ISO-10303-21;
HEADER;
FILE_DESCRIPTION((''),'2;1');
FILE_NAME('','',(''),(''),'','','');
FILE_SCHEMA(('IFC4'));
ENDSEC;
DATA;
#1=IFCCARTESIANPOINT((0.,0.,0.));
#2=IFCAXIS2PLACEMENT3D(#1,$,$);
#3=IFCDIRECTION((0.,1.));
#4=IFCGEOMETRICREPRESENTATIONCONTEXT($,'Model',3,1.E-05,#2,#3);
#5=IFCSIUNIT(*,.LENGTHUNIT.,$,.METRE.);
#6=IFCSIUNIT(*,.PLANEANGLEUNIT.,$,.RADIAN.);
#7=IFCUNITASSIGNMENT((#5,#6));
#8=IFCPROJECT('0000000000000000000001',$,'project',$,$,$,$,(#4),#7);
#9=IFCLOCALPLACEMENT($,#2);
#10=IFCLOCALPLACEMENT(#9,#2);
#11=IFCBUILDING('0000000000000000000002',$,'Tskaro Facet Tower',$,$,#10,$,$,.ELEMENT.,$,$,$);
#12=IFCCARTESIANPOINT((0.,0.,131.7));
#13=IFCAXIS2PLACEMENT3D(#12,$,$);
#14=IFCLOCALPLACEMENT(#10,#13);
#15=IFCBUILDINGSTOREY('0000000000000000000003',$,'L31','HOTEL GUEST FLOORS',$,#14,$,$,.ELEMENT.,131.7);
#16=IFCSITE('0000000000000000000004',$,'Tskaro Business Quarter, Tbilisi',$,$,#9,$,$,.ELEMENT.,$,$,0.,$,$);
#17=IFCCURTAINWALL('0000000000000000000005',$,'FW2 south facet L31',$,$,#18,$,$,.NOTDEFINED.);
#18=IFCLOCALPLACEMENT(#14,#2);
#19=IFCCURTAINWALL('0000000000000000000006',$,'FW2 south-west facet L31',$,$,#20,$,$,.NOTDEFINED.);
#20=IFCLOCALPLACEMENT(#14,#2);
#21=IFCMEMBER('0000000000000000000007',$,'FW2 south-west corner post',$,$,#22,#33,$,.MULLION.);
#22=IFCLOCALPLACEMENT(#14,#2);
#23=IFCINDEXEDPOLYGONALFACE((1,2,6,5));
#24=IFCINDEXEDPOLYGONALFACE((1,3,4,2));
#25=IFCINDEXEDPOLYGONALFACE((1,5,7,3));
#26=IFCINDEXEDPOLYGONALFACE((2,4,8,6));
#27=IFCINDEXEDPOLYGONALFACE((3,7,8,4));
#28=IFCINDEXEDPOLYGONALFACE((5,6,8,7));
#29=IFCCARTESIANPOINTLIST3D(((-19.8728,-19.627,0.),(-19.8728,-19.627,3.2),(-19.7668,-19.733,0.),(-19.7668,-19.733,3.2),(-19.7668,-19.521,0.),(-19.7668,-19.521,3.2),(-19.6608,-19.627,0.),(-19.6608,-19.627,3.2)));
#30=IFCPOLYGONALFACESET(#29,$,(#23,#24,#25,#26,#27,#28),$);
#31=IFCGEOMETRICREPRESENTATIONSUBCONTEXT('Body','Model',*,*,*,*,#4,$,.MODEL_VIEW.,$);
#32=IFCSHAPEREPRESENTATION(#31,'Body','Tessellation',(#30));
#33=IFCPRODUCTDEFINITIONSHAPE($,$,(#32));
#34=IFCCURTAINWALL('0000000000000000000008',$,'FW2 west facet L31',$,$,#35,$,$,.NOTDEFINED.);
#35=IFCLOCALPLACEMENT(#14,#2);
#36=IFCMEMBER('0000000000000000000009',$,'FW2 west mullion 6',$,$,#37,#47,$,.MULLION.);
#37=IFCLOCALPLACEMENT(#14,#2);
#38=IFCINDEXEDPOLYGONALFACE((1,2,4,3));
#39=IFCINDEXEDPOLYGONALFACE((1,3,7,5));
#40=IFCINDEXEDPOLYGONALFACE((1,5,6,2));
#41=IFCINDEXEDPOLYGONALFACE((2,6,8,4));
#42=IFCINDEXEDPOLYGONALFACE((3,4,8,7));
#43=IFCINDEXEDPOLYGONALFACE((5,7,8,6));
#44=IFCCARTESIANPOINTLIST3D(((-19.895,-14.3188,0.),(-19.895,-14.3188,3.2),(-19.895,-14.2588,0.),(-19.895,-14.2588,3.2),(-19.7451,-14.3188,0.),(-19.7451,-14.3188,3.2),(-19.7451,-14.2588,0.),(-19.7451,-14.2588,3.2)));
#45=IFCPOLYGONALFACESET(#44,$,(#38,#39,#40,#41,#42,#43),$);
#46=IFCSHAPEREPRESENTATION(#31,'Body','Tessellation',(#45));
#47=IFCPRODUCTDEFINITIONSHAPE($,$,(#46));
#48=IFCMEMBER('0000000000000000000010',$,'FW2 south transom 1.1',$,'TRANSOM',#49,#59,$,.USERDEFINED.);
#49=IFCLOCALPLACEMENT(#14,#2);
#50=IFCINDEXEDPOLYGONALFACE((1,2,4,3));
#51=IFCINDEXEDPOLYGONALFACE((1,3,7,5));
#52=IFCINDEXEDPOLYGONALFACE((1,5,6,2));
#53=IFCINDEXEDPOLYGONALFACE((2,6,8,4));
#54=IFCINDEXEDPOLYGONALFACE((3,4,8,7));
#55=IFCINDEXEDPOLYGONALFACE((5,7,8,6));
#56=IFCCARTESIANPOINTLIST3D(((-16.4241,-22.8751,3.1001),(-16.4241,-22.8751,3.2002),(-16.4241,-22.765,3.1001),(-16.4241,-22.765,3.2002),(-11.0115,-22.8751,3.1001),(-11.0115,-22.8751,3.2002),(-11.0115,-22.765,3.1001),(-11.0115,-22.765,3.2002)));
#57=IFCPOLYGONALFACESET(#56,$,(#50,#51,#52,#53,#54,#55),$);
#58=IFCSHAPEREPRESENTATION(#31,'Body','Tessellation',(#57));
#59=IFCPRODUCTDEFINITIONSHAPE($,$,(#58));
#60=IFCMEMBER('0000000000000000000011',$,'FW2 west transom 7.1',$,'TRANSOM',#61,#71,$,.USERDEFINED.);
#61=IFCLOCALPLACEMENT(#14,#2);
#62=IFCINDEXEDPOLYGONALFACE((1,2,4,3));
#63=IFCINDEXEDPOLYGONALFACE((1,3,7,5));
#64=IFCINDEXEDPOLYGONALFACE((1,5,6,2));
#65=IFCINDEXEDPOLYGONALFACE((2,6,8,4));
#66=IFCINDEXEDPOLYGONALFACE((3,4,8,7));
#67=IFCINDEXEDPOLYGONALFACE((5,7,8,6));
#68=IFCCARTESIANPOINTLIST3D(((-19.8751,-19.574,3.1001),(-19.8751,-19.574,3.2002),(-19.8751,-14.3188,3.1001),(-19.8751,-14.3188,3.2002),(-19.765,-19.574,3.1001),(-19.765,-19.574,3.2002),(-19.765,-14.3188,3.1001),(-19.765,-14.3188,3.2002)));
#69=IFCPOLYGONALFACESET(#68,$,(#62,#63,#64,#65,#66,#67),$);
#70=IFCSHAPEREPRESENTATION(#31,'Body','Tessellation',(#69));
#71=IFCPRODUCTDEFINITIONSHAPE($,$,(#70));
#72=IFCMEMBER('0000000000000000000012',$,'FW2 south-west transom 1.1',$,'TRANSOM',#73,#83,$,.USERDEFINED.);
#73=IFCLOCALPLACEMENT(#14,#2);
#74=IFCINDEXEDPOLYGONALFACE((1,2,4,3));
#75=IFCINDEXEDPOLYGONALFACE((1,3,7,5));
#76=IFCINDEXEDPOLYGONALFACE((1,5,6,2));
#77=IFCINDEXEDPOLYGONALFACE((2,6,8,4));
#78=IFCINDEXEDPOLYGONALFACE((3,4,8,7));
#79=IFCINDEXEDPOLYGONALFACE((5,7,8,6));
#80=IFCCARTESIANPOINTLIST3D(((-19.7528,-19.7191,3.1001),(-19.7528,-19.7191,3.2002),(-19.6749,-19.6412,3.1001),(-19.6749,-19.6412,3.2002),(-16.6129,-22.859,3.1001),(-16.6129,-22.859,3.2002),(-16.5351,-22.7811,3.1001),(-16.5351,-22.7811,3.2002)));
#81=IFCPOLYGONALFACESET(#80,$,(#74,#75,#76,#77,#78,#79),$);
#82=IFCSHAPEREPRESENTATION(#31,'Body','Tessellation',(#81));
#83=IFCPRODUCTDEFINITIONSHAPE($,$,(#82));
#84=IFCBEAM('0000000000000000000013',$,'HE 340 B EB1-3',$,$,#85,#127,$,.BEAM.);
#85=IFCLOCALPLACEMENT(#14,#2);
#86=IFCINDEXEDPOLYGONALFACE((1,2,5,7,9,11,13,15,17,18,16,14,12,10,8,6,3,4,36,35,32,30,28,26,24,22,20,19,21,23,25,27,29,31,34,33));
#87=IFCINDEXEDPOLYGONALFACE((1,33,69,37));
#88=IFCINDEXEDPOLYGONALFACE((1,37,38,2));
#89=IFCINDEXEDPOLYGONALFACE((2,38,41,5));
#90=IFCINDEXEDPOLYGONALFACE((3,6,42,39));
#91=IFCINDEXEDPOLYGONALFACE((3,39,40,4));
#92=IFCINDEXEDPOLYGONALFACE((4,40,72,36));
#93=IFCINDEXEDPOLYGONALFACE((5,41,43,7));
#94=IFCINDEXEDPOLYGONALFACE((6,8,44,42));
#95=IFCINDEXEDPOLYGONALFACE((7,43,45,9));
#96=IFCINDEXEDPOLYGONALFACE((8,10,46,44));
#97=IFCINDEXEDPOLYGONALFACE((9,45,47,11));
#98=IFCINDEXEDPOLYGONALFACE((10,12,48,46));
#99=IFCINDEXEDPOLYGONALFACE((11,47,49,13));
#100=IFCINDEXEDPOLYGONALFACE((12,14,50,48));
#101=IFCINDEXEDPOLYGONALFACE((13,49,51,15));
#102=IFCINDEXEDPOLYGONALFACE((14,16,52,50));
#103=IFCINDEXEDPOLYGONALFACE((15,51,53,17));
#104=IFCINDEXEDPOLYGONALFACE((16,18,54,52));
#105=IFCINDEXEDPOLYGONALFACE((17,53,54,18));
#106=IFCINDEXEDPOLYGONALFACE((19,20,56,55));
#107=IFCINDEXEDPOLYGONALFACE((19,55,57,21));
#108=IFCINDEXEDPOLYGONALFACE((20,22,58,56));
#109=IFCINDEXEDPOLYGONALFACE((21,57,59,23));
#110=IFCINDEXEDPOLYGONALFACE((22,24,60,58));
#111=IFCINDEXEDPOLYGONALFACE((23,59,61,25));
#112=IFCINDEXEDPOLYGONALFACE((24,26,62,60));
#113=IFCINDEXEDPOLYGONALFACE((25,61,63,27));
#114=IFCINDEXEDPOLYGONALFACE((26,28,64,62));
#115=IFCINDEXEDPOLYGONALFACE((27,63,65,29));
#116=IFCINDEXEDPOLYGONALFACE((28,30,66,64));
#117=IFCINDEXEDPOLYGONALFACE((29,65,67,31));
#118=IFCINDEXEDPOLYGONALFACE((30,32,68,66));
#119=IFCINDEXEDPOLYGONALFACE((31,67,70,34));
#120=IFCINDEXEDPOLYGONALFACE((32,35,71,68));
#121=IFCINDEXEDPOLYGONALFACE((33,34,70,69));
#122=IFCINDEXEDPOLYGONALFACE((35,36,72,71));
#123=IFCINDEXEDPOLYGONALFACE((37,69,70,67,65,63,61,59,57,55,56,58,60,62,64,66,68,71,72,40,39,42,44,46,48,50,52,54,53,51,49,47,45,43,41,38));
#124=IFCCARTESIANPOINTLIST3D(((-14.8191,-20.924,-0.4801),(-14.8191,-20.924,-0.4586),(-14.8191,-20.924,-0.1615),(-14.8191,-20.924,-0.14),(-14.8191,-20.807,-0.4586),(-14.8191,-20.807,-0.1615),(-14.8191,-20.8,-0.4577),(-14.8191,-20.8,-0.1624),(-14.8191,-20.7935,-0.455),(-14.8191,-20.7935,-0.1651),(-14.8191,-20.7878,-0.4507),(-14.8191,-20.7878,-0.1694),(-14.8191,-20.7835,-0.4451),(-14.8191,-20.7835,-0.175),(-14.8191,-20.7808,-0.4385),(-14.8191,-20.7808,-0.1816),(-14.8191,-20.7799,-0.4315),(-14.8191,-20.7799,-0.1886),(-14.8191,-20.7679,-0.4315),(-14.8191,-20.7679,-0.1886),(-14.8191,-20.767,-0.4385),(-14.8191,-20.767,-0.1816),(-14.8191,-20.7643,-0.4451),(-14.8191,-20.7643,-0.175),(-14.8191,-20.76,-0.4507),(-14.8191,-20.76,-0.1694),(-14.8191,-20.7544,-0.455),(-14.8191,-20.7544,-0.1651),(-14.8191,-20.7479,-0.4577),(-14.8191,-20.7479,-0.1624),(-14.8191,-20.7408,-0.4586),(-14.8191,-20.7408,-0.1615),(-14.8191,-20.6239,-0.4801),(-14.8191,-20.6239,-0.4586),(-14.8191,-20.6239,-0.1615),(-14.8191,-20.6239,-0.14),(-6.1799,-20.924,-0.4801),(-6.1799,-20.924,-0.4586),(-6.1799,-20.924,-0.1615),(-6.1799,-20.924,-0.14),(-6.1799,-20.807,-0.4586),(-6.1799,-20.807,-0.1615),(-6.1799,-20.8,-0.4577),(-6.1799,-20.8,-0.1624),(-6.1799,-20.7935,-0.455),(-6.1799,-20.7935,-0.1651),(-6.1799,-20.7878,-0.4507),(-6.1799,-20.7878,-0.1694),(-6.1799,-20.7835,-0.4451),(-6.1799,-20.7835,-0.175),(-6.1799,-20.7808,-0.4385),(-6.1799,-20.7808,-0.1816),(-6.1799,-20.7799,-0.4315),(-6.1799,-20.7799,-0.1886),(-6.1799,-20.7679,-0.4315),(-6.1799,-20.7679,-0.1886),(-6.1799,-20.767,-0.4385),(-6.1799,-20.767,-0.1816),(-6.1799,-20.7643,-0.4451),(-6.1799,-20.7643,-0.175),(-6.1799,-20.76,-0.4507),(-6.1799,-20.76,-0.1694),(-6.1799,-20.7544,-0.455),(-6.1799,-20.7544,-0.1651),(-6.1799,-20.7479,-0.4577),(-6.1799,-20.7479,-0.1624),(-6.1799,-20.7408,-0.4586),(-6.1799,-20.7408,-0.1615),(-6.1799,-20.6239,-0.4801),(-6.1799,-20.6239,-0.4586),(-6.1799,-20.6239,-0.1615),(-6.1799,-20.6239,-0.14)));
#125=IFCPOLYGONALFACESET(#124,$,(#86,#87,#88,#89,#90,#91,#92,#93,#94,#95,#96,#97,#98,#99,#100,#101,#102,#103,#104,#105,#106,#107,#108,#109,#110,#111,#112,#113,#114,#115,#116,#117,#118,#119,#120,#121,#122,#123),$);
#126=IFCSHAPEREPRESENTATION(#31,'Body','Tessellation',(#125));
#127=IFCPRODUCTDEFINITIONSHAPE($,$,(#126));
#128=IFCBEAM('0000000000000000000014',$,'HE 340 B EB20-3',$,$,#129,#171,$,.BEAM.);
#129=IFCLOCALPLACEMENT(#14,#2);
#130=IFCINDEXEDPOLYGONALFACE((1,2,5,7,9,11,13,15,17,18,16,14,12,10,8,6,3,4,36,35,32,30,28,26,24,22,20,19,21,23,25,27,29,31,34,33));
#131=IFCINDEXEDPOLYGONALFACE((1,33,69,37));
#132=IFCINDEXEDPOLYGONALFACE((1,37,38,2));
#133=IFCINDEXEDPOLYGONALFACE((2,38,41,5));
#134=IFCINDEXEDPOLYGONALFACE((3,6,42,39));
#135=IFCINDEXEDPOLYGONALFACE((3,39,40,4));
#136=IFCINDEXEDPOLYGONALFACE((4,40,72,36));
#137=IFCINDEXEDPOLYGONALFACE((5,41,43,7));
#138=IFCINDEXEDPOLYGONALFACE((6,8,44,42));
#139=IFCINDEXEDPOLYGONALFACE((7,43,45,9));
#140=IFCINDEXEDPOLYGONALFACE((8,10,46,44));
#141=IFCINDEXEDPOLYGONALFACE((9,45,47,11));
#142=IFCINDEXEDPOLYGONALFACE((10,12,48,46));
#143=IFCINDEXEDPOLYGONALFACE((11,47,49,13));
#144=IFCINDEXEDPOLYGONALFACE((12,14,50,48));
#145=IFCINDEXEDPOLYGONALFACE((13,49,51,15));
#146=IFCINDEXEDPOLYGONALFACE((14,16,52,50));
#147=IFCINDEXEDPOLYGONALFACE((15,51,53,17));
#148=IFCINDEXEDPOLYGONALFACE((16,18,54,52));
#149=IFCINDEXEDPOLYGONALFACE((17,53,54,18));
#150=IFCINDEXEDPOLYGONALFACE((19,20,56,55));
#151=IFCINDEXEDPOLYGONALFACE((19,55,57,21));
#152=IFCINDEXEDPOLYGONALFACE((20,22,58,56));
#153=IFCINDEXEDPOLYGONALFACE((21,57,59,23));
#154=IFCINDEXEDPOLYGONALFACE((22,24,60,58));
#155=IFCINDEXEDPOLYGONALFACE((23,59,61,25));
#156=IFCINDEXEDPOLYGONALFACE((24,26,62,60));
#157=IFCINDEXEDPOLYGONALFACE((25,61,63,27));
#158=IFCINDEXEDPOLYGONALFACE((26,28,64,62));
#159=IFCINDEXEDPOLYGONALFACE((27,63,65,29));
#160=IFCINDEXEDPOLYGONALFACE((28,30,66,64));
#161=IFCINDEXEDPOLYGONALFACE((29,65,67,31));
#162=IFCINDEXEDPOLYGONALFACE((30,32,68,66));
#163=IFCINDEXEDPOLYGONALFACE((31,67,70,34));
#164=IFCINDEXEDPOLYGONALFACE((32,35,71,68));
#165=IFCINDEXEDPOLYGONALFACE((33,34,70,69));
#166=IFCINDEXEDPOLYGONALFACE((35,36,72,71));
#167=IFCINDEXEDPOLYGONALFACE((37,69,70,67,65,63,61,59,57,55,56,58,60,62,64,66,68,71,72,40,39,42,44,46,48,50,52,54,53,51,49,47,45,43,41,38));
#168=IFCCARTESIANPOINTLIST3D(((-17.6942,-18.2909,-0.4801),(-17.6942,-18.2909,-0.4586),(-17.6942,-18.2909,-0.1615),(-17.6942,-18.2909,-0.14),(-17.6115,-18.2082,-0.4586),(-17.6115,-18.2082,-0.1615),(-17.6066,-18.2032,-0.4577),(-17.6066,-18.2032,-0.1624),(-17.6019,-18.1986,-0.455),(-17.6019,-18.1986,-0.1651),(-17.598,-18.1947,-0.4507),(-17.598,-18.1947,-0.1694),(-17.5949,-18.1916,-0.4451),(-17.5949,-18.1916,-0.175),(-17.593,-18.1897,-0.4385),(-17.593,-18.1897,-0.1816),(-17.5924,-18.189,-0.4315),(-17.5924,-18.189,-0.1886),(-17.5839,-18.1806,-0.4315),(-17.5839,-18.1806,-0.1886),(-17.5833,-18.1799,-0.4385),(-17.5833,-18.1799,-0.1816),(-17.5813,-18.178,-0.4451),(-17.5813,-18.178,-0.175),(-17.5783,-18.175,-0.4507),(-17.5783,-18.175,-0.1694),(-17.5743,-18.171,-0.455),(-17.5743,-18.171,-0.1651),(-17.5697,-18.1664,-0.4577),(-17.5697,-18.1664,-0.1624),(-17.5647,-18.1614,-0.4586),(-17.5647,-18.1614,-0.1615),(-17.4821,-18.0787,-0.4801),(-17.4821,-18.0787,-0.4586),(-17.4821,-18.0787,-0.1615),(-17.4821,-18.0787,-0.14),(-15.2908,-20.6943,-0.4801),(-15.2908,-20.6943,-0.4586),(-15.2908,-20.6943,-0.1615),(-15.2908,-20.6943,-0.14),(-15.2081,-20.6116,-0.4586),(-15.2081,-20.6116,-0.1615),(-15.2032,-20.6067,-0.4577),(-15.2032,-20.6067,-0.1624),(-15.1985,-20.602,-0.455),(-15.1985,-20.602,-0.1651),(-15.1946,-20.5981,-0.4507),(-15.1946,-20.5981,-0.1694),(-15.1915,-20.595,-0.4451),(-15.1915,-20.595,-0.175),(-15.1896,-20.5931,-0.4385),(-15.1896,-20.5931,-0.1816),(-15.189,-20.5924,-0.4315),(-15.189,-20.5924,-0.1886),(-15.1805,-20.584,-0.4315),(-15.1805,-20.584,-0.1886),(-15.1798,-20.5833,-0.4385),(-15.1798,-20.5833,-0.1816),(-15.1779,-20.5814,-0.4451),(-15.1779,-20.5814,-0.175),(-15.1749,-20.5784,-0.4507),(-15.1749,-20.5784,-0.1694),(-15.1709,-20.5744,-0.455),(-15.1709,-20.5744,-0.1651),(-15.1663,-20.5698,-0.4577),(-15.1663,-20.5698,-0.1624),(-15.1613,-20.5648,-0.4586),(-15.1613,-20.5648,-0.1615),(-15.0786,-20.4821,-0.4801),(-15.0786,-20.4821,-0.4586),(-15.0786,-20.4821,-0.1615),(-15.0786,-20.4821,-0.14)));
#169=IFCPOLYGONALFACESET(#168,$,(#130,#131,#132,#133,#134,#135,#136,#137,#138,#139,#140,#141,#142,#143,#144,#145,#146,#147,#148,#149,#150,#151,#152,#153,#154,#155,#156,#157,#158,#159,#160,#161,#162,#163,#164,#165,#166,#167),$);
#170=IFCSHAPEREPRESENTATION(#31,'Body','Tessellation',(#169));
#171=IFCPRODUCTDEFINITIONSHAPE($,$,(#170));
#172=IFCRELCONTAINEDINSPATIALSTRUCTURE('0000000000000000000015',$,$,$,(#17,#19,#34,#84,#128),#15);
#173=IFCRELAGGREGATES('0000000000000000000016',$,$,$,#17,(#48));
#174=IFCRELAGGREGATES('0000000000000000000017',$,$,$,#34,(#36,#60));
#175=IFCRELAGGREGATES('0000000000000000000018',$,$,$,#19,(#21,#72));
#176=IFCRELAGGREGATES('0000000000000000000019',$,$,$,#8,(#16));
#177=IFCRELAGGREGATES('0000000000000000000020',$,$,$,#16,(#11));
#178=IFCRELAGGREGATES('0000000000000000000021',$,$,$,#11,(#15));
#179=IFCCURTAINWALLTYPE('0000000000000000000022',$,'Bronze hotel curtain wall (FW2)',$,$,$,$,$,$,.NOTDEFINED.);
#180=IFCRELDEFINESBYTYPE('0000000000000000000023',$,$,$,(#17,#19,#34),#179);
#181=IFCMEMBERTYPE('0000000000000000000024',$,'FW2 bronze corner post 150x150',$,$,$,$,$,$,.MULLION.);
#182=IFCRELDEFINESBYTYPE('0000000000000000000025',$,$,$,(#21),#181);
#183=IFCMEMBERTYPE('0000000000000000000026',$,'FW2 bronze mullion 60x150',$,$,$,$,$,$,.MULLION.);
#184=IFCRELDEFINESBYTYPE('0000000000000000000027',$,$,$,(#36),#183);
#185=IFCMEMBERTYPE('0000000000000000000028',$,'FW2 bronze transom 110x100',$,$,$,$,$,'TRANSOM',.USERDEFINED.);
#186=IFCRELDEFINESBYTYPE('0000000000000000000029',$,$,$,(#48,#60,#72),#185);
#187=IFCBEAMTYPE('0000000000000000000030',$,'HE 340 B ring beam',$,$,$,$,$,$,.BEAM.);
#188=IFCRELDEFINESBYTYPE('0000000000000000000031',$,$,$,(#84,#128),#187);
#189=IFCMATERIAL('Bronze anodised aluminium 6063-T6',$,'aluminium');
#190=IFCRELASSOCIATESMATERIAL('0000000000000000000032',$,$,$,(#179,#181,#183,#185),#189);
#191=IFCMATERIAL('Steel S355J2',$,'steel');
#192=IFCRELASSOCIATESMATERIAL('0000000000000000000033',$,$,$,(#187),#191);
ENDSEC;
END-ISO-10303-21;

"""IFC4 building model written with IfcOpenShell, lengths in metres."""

from ifc_helpers import new_model, si_unit, direction, frame, origin, origin_2d, place, context, subcontext, project, spatial, rectangle, i_section, extrude, material, material_profile, profile_set, type_object, element, aggregate, save


model = new_model("IFC4")

# Units and contexts
model_context = context("Model", 3, precision=1e-05, world=origin(), true_north=direction((0.0, 1.0)))
body_context = subcontext(model_context, "Body", "Model", "MODEL_VIEW")
ifc_project = project(units=[si_unit("LENGTHUNIT", "METRE"), si_unit("PLANEANGLEUNIT", "RADIAN")], contexts=[model_context])

# Site, building, storey
site_placement = place(None, origin())
site = spatial("IfcSite", under=ifc_project, at=site_placement, Name="Tskaro Business Quarter, Tbilisi", CompositionType="ELEMENT", RefElevation=0.0)
building_placement = place(site_placement, origin())
building = spatial("IfcBuilding", under=site, at=building_placement, Name="Tskaro Facet Tower", CompositionType="ELEMENT")
storey_placement = place(building_placement, frame((0.0, 0.0, 131.7)))
storey = spatial("IfcBuildingStorey", under=building, at=storey_placement, Name="L31", Description="HOTEL GUEST FLOORS", CompositionType="ELEMENT", Elevation=131.7)

# Curtain walls, members
ifc_material_1 = material(Name="Bronze anodised aluminium 6063-T6", Category="aluminium")
curtain_wall_type = type_object("IfcCurtainWallType", Name="Bronze hotel curtain wall (FW2)", PredefinedType="NOTDEFINED", material=ifc_material_1)
curtain_wall_1_placement = place(storey_placement, origin())
curtain_wall_1 = element("IfcCurtainWall", 1, at=curtain_wall_1_placement, inside=storey, type_object=curtain_wall_type, Name="FW2 south facet L31", PredefinedType="NOTDEFINED")
ifc_material_profile_1 = material_profile(ifc_material_1, rectangle(XDim=0.1499, YDim=0.1499, at=origin_2d()), Name="Corner post 150x150")
ifc_profile_set_1 = profile_set([ifc_material_profile_1], Name="Bronze anodised aluminium 6063-T6")
member_type_1 = type_object("IfcMemberType", Name="FW2 bronze corner post 150x150", PredefinedType="MULLION", material=ifc_profile_set_1)
curtain_wall_2_placement = place(storey_placement, origin())
curtain_wall_2 = element("IfcCurtainWall", 2, at=curtain_wall_2_placement, inside=storey, type_object=curtain_wall_type, Name="FW2 south-west facet L31", PredefinedType="NOTDEFINED")
member_1_placement = place(storey_placement, frame((-19.7668, -19.627, 0.0), z_axis=(0.0, 0.0, 1.0), x_axis=(0.707107, -0.707107, 0.0)))
member_1 = element("IfcMember", 3, at=member_1_placement, type_object=member_type_1, Name="FW2 south-west corner post", PredefinedType="MULLION", context=body_context, shape_type="SweptSolid", body=[
    extrude(rectangle(XDim=0.1499, YDim=0.1499, at=origin_2d()), origin(), (0.0, 0.0, 1.0), 3.2),
])
curtain_wall_3_placement = place(storey_placement, origin())
curtain_wall_3 = element("IfcCurtainWall", 4, at=curtain_wall_3_placement, inside=storey, type_object=curtain_wall_type, Name="FW2 west facet L31", PredefinedType="NOTDEFINED")
ifc_material_profile_2 = material_profile(ifc_material_1, rectangle(XDim=0.0601, YDim=0.1499, at=origin_2d()), Name="Mullion 60x150")
ifc_profile_set_2 = profile_set([ifc_material_profile_2], Name="Bronze anodised aluminium 6063-T6")
member_type_2 = type_object("IfcMemberType", Name="FW2 bronze mullion 60x150", PredefinedType="MULLION", material=ifc_profile_set_2)
member_2_placement = place(storey_placement, frame((-19.8201, -14.2888, 0.0), z_axis=(0.0, 0.0, 1.0), x_axis=(0.0, -1.0, 0.0)))
member_2 = element("IfcMember", 5, at=member_2_placement, type_object=member_type_2, Name="FW2 west mullion 6", PredefinedType="MULLION", context=body_context, shape_type="SweptSolid", body=[
    extrude(rectangle(XDim=0.0601, YDim=0.1499, at=origin_2d()), origin(), (0.0, 0.0, 1.0), 3.2),
])

# Members
ifc_material_profile_3 = material_profile(ifc_material_1, rectangle(XDim=0.1101, YDim=0.1001, at=origin_2d()), Name="Transom 110x100")
ifc_profile_set_3 = profile_set([ifc_material_profile_3], Name="Bronze anodised aluminium 6063-T6")
member_type_3 = type_object("IfcMemberType", Name="FW2 bronze transom 110x100", ElementType="TRANSOM", PredefinedType="USERDEFINED", material=ifc_profile_set_3)
member_3_placement = place(storey_placement, frame((-16.4241, -22.8201, 3.1501), z_axis=(1.0, 0.0, 0.0), x_axis=(0.0, 1.0, 0.0)))
member_3 = element("IfcMember", 6, at=member_3_placement, type_object=member_type_3, Name="FW2 south transom 1.1", ObjectType="TRANSOM", PredefinedType="USERDEFINED", context=body_context, shape_type="SweptSolid", body=[
    extrude(rectangle(XDim=0.1101, YDim=0.1001, at=origin_2d()), origin(), (0.0, 0.0, 1.0), 5.4126),
])
aggregate(curtain_wall_1, [member_3])
member_4_placement = place(storey_placement, frame((-19.8201, -14.3188, 3.1501), z_axis=(0.0, -1.0, 0.0), x_axis=(1.0, 0.0, 0.0)))
member_4 = element("IfcMember", 7, at=member_4_placement, type_object=member_type_3, Name="FW2 west transom 7.1", ObjectType="TRANSOM", PredefinedType="USERDEFINED", context=body_context, shape_type="SweptSolid", body=[
    extrude(rectangle(XDim=0.1101, YDim=0.1001, at=origin_2d()), origin(), (0.0, 0.0, 1.0), 5.2551),
])
member_5_placement = place(storey_placement, frame((-19.7139, -19.6802, 3.1501), z_axis=(0.707107, -0.707107, 0.0), x_axis=(0.707107, 0.707107, 0.0)))
member_5 = element("IfcMember", 8, at=member_5_placement, type_object=member_type_3, Name="FW2 south-west transom 1.1", ObjectType="TRANSOM", PredefinedType="USERDEFINED", context=body_context, shape_type="SweptSolid", body=[
    extrude(rectangle(XDim=0.1101, YDim=0.1001, at=origin_2d()), origin(), (0.0, 0.0, 1.0), 4.4404),
])

# Beams
ifc_material_2 = material(Name="Steel S355J2", Category="steel")
ifc_material_profile_4 = material_profile(ifc_material_2, i_section(OverallWidth=0.3, OverallDepth=0.3401, WebThickness=0.012, FlangeThickness=0.0215, FilletRadius=0.0271, at=origin_2d()), Name="HE 340 B")
ifc_profile_set_4 = profile_set([ifc_material_profile_4], Name="Steel S355J2")
beam_type_1 = type_object("IfcBeamType", Name="HE 340 B ring beam", PredefinedType="BEAM", material=ifc_profile_set_4)
beam_1_placement = place(storey_placement, frame((-14.8191, -20.7739, -0.3101), z_axis=(1.0, 0.0, 0.0), x_axis=(0.0, 1.0, 0.0)))
element("IfcBeam", 9, at=beam_1_placement, inside=storey, type_object=beam_type_1, Name="HE 340 B EB1-3", PredefinedType="BEAM", context=body_context, shape_type="SweptSolid", body=[
    extrude(i_section(OverallWidth=0.3, OverallDepth=0.3401, WebThickness=0.012, FlangeThickness=0.0215, FilletRadius=0.0271, at=origin_2d()), origin(), (0.0, 0.0, 1.0), 8.6392),
])
beam_2_placement = place(storey_placement, frame((-17.5881, -18.1848, -0.3101), z_axis=(0.707107, -0.707107, 0.0), x_axis=(0.707107, 0.707107, 0.0)))
element("IfcBeam", 10, at=beam_2_placement, inside=storey, type_object=beam_type_1, Name="HE 340 B EB20-3", PredefinedType="BEAM", context=body_context, shape_type="SweptSolid", body=[
    extrude(i_section(OverallWidth=0.3, OverallDepth=0.3401, WebThickness=0.012, FlangeThickness=0.0215, FilletRadius=0.0271, at=origin_2d()), origin(), (0.0, 0.0, 1.0), 3.3989),
])

aggregate(curtain_wall_3, [member_2, member_4])
aggregate(curtain_wall_2, [member_1, member_5])

save(model, "model.ifc")
